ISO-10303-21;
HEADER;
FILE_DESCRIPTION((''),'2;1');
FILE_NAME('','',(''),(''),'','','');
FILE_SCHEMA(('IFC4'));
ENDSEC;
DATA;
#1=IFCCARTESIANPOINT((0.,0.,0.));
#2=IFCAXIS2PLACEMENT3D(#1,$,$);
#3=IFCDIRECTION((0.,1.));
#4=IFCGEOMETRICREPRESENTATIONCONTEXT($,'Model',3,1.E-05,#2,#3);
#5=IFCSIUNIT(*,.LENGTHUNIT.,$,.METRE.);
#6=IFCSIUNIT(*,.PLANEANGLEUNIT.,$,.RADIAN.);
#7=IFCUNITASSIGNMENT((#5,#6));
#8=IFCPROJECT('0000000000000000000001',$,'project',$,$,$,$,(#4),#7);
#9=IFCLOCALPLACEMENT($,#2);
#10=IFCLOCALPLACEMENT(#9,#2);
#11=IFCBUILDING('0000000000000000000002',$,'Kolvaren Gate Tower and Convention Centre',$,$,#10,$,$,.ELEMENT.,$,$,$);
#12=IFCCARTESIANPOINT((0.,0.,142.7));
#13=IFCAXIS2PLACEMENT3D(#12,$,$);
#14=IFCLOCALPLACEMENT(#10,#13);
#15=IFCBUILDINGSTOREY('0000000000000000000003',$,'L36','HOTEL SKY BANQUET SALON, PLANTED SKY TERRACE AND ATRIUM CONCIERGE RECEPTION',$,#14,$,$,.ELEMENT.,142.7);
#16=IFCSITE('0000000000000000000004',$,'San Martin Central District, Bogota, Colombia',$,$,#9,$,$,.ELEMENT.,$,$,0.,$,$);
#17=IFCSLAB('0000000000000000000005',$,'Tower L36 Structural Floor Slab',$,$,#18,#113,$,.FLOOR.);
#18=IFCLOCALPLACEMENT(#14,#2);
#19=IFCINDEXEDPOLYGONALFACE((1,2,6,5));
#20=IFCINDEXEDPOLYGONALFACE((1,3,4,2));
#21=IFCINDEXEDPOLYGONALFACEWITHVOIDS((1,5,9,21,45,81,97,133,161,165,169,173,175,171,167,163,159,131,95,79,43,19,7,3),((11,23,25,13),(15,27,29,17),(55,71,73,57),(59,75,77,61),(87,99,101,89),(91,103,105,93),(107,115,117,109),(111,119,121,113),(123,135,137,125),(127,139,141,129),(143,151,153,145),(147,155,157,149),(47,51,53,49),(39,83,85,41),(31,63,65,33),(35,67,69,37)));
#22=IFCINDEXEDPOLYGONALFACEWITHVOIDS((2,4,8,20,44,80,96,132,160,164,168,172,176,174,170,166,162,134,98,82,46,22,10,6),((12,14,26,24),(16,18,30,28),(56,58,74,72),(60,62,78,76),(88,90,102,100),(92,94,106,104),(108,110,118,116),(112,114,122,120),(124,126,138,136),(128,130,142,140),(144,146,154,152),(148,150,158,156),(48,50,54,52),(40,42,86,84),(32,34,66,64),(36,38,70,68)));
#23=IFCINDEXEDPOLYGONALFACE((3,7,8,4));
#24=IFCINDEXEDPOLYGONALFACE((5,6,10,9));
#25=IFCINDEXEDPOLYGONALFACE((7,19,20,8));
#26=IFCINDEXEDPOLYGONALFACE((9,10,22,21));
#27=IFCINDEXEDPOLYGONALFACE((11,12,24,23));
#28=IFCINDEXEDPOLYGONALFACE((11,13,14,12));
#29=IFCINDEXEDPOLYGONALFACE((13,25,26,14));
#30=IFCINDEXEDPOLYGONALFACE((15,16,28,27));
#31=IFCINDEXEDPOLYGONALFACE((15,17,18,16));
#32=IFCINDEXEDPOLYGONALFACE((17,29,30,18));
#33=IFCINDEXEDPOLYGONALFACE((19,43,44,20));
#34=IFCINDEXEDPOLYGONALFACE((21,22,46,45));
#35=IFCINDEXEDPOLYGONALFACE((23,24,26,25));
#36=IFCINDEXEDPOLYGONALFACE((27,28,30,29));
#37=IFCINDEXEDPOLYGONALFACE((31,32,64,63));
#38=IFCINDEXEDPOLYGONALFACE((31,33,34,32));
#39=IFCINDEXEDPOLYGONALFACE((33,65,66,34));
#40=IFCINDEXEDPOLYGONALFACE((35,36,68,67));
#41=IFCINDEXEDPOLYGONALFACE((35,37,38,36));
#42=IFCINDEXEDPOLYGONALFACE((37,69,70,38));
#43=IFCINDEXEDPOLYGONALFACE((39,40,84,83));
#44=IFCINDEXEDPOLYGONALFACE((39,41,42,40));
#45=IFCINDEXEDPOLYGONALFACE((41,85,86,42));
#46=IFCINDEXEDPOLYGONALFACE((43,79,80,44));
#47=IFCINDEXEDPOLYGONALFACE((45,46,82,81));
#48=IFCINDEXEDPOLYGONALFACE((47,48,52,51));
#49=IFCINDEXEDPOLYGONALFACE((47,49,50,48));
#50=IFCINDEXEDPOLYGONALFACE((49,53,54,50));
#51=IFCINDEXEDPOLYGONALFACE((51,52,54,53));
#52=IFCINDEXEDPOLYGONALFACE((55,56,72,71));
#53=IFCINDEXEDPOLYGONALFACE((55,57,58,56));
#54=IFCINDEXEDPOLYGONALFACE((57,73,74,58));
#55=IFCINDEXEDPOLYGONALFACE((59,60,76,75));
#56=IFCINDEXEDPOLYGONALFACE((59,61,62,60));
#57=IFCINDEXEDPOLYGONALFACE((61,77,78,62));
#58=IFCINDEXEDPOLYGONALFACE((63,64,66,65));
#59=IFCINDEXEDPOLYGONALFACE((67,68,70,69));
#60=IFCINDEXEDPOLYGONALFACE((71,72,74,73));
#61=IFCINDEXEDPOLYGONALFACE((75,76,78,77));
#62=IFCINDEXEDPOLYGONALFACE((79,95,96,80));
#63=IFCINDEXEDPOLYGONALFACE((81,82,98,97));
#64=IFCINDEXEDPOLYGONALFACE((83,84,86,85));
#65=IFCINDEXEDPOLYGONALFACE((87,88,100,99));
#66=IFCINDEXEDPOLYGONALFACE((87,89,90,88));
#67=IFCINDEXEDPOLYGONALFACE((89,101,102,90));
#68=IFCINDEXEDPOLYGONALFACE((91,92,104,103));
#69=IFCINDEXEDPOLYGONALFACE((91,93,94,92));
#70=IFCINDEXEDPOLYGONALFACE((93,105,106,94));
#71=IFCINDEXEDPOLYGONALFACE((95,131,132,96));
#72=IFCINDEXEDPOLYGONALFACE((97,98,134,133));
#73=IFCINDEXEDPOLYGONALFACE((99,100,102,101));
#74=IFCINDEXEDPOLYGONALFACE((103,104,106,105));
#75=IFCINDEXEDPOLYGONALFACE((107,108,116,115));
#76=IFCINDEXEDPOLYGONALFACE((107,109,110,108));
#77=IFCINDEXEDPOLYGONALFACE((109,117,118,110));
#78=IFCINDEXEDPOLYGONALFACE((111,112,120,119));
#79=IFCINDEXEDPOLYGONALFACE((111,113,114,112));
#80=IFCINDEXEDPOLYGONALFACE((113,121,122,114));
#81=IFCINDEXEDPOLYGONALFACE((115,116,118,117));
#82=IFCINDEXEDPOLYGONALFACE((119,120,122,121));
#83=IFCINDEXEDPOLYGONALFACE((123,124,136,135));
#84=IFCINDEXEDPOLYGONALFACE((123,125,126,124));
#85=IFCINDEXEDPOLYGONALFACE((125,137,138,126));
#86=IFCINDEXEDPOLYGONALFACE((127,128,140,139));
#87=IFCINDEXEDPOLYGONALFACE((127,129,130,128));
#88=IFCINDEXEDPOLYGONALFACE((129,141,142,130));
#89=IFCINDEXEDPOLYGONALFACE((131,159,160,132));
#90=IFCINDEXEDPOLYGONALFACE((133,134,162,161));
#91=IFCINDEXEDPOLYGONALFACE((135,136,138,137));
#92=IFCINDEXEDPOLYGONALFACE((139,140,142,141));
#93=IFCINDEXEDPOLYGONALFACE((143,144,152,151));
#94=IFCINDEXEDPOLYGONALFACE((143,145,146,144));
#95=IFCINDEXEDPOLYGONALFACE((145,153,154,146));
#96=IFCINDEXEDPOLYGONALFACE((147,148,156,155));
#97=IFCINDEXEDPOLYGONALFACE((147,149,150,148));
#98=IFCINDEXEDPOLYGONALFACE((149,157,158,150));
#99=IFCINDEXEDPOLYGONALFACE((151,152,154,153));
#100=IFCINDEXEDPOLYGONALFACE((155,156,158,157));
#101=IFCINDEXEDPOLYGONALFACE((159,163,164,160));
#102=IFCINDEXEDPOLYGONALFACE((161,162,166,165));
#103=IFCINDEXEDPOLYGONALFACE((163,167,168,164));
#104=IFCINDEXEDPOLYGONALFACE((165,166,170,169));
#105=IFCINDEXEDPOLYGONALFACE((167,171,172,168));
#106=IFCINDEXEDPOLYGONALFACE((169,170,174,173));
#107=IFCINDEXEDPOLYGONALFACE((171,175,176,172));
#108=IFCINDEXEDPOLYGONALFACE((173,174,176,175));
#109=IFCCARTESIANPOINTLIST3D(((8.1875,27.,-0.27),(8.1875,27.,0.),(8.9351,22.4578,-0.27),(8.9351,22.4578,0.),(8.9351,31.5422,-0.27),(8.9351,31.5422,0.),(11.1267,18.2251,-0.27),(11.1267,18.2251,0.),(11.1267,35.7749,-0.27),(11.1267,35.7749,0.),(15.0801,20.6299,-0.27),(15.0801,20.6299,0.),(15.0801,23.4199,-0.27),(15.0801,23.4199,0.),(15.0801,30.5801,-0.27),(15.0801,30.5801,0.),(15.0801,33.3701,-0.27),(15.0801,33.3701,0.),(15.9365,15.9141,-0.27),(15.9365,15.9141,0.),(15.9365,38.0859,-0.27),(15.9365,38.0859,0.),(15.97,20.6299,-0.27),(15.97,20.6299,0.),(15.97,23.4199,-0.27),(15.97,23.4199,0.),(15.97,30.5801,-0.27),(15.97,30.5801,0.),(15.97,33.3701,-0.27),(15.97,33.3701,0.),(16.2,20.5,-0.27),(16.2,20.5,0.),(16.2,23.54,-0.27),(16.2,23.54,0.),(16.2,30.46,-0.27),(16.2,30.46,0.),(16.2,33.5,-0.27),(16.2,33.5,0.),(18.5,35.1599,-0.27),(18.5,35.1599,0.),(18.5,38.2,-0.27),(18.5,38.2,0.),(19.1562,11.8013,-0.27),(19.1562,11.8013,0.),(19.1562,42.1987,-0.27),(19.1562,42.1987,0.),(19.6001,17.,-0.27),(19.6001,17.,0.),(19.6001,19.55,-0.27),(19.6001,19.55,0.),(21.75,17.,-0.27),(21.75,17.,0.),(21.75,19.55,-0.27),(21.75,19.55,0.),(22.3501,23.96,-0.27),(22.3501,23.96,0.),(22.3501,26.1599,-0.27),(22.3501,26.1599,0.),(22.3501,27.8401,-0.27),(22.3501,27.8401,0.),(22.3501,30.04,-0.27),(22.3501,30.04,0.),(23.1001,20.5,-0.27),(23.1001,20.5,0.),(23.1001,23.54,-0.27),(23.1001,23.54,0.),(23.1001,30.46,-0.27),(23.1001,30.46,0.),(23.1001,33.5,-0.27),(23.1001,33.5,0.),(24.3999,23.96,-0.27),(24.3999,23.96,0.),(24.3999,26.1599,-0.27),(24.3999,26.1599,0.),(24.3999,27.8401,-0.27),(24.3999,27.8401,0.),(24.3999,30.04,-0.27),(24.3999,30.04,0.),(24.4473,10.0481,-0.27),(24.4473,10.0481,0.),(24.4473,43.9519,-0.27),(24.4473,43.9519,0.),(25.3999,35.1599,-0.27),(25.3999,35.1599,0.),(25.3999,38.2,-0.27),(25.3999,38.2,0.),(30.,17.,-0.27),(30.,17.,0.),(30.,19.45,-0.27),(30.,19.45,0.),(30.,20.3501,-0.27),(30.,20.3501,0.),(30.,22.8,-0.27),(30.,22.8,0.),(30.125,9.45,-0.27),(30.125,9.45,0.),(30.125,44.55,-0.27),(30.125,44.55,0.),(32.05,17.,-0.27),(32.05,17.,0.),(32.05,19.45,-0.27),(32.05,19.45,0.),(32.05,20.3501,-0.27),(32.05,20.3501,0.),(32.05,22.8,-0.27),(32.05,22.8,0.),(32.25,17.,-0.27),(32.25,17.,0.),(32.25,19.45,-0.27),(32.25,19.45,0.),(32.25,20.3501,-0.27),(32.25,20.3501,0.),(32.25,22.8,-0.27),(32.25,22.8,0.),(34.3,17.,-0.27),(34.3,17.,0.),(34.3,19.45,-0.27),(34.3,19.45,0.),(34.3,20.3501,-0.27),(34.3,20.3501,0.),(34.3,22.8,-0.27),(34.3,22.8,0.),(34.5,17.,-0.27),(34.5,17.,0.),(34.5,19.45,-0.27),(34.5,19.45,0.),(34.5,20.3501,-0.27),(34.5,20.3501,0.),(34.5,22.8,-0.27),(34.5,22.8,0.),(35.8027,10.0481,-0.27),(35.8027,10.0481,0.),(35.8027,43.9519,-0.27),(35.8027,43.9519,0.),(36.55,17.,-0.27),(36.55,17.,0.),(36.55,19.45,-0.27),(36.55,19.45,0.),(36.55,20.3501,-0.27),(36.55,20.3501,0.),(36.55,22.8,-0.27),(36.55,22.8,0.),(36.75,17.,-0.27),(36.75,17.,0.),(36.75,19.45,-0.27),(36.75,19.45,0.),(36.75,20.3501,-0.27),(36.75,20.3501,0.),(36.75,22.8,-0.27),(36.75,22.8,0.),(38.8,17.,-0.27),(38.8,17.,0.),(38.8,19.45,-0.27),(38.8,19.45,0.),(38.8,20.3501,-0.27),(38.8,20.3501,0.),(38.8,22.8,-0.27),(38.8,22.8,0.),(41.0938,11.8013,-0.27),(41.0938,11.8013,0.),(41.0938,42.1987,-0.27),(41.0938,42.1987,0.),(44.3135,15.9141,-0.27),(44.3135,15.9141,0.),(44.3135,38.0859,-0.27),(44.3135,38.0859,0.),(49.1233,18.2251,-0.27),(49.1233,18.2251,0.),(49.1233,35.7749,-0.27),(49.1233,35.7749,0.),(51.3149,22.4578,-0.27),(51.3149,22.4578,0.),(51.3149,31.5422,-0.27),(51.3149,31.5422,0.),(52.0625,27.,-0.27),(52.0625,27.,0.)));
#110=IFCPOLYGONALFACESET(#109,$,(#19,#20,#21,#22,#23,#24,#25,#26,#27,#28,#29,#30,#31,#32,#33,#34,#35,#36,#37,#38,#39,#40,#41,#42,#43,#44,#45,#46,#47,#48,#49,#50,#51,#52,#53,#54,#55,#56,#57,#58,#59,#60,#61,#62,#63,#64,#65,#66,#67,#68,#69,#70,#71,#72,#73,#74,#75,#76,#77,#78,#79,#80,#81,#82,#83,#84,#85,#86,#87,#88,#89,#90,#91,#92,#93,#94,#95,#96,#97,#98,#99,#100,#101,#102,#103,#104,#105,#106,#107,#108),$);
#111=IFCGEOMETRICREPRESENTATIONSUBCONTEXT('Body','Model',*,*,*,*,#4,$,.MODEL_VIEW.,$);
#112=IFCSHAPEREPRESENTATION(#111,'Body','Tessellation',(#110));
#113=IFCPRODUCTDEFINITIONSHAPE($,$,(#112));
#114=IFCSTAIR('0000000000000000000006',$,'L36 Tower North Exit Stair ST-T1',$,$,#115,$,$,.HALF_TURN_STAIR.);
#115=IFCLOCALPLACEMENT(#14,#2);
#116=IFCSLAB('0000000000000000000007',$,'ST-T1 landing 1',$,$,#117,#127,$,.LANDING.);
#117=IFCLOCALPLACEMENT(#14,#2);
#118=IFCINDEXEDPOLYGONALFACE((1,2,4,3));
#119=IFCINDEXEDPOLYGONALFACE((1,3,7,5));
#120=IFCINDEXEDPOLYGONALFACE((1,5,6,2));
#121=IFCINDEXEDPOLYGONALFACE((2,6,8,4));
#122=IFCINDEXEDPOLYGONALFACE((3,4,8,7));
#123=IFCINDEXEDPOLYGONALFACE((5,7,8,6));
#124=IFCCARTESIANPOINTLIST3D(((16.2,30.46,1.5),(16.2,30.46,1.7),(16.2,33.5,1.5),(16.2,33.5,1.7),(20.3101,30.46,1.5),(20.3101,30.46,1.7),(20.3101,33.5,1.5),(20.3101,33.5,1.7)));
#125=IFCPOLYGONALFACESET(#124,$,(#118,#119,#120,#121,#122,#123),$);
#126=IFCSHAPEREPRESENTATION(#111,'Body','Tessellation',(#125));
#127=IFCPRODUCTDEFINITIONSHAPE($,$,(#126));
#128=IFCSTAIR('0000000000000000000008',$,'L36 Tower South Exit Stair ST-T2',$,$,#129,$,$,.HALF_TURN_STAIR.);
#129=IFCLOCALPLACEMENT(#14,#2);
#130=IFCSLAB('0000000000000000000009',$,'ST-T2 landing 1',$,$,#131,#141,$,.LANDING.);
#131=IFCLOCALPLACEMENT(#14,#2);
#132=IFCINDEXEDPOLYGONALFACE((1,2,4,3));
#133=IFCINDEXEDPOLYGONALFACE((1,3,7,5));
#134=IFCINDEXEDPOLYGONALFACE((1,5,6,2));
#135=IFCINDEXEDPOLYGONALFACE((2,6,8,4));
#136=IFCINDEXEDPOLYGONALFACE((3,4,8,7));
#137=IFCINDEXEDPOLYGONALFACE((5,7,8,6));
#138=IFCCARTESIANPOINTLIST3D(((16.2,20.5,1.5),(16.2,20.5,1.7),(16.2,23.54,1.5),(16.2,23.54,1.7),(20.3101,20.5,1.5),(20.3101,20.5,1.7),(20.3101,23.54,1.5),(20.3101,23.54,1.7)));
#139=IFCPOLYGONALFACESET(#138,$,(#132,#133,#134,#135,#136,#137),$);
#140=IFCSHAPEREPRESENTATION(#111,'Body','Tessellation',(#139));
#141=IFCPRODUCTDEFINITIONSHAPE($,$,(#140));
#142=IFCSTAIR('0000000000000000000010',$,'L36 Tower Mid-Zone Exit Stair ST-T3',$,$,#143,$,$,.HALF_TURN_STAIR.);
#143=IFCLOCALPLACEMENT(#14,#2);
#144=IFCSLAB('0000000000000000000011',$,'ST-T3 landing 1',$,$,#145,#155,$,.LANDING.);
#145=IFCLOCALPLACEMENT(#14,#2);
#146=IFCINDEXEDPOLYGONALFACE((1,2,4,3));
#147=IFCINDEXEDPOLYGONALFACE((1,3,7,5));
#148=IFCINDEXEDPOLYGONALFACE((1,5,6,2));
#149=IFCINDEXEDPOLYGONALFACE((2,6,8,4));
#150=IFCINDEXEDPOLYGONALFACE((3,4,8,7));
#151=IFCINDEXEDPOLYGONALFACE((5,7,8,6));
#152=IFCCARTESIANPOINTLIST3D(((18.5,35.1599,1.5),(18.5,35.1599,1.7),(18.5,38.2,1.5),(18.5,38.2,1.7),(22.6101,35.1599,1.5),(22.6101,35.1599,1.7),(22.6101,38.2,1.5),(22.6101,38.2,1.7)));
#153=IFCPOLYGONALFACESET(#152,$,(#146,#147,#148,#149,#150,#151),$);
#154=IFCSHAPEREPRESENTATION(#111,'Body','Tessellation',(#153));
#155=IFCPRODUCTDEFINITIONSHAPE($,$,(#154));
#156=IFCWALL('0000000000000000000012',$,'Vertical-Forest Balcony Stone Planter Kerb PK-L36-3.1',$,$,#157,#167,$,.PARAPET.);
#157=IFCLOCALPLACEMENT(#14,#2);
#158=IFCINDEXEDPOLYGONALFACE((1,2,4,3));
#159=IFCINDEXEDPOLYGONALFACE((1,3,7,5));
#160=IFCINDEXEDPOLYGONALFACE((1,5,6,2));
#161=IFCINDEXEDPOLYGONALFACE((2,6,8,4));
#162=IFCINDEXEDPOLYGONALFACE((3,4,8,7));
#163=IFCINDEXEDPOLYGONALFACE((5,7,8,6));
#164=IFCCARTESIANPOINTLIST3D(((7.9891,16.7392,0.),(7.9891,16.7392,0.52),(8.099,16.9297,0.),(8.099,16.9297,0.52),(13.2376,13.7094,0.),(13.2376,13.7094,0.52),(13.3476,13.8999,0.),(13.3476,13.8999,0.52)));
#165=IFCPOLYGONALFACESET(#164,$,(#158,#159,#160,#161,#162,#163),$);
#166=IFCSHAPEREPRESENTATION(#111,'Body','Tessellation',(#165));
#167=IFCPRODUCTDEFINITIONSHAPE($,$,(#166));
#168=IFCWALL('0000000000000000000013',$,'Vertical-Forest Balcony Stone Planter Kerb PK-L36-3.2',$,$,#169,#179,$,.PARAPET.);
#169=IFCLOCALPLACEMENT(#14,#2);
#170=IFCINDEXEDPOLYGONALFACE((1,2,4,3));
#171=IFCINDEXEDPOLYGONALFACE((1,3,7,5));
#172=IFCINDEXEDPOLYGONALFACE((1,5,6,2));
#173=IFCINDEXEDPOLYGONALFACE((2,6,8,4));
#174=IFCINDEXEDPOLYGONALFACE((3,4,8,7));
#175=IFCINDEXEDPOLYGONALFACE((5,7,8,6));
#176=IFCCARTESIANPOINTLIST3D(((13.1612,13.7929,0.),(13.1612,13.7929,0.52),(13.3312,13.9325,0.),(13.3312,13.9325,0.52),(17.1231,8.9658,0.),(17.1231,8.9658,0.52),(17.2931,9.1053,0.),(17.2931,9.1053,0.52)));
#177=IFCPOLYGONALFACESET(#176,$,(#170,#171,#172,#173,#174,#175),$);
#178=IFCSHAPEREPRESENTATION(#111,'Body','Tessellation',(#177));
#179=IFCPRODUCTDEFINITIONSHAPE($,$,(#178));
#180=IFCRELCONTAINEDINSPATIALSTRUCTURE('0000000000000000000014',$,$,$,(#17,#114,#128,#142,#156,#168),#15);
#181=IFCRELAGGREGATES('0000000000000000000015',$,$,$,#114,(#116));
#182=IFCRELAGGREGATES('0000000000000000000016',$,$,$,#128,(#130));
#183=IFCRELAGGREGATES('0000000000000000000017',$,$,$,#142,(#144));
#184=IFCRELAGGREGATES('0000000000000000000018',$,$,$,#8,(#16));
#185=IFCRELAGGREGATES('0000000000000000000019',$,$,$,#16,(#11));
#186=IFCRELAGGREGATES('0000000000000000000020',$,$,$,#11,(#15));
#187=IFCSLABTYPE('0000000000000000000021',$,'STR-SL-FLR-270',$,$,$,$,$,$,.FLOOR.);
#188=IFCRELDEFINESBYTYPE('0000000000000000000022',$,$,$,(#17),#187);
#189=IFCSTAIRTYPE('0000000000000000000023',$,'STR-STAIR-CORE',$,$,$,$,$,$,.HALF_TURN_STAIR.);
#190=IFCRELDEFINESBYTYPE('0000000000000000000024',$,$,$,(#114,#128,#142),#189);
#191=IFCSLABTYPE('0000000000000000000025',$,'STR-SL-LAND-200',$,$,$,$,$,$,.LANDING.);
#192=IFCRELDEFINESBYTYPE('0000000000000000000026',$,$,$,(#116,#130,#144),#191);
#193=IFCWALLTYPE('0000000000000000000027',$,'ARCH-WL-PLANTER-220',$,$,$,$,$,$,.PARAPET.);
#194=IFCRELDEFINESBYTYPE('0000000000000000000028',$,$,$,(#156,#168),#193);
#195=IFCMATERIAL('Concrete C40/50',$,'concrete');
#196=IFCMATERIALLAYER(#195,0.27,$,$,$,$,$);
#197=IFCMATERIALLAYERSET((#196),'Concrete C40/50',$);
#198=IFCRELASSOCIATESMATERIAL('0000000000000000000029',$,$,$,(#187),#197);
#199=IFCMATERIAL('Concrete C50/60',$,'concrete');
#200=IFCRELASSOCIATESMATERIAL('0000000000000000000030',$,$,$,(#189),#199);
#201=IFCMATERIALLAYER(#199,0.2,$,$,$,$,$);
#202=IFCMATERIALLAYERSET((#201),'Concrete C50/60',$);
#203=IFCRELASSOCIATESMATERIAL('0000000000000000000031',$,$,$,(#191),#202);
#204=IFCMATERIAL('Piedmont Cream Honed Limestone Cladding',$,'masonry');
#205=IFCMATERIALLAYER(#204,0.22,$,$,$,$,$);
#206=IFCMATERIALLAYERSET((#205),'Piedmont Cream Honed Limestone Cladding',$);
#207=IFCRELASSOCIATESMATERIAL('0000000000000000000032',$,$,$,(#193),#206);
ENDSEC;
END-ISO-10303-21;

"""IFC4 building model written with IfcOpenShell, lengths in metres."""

from ifc_helpers import new_model, si_unit, direction, frame, frame_2d, origin, place, context, subcontext, project, spatial, polyline, rectangle, outline, extrude, material, layer, layer_set, type_object, element, aggregate, save


model = new_model("IFC4")

# Units and contexts
model_context = context("Model", 3, precision=1e-05, world=origin(), true_north=direction((0.0, 1.0)))
body_context = subcontext(model_context, "Body", "Model", "MODEL_VIEW")
ifc_project = project(units=[si_unit("LENGTHUNIT", "METRE"), si_unit("PLANEANGLEUNIT", "RADIAN")], contexts=[model_context])

# Site, building, storey
site_placement = place(None, origin())
site = spatial("IfcSite", under=ifc_project, at=site_placement, Name="San Martin Central District, Bogota, Colombia", CompositionType="ELEMENT", RefElevation=0.0)
building_placement = place(site_placement, origin())
building = spatial("IfcBuilding", under=site, at=building_placement, Name="Kolvaren Gate Tower and Convention Centre", CompositionType="ELEMENT")
storey_placement = place(building_placement, frame((0.0, 0.0, 142.7)))
storey = spatial("IfcBuildingStorey", under=building, at=storey_placement, Name="L36", Description="HOTEL SKY BANQUET SALON, PLANTED SKY TERRACE AND ATRIUM CONCIERGE RECEPTION", CompositionType="ELEMENT", Elevation=142.7)

# Slab
ifc_material_1 = material(Name="Concrete C50/60", Category="concrete")
ifc_material_2 = material(Name="Concrete C40/50", Category="concrete")
ifc_layer_1 = layer(ifc_material_2, 0.27)
ifc_layer_set_1 = layer_set([ifc_layer_1], Name="Concrete C40/50")
slab_type_1 = type_object("IfcSlabType", Name="STR-SL-FLR-270", PredefinedType="FLOOR", material=ifc_layer_set_1)
slab_1_placement = place(storey_placement, frame((0.0, 0.0, -0.27)))
element("IfcSlab", 1, at=slab_1_placement, inside=storey, type_object=slab_type_1, Name="Tower L36 Structural Floor Slab", PredefinedType="FLOOR", context=body_context, shape_type="SweptSolid", body=[
    extrude(outline(polyline([(52.0625, 27.0), (51.3149, 31.5422), (49.1233, 35.7749), (44.3135, 38.0859), (41.0938, 42.1987), (35.8027, 43.9519), (30.125, 44.55), (24.4473, 43.9519), (19.1562, 42.1987), (15.9365, 38.0859), (11.1267, 35.7749), (8.9351, 31.5422), (8.1875, 27.0), (8.9351, 22.4578), (11.1267, 18.2251), (15.9365, 15.9141), (19.1562, 11.8013), (24.4473, 10.0481), (30.125, 9.45), (35.8027, 10.0481), (41.0938, 11.8013), (44.3135, 15.9141), (49.1233, 18.2251), (51.3149, 22.4578), (52.0625, 27.0)]), holes=[polyline([(36.75, 17.0), (36.75, 19.45), (38.8, 19.45), (38.8, 17.0), (36.75, 17.0)]), polyline([(36.75, 20.3501), (36.75, 22.8), (38.8, 22.8), (38.8, 20.3501), (36.75, 20.3501)]), polyline([(34.5, 17.0), (34.5, 19.45), (36.55, 19.45), (36.55, 17.0), (34.5, 17.0)]), polyline([(34.5, 20.3501), (34.5, 22.8), (36.55, 22.8), (36.55, 20.3501), (34.5, 20.3501)]), polyline([(32.25, 17.0), (32.25, 19.45), (34.3, 19.45), (34.3, 17.0), (32.25, 17.0)]), polyline([(32.25, 20.3501), (32.25, 22.8), (34.3, 22.8), (34.3, 20.3501), (32.25, 20.3501)]), polyline([(30.0, 17.0), (30.0, 19.45), (32.05, 19.45), (32.05, 17.0), (30.0, 17.0)]), polyline([(30.0, 20.3501), (30.0, 22.8), (32.05, 22.8), (32.05, 20.3501), (30.0, 20.3501)]), polyline([(25.3999, 38.2), (25.3999, 35.1599), (18.5, 35.1599), (18.5, 38.2), (25.3999, 38.2)]), polyline([(22.3501, 23.96), (22.3501, 26.1599), (24.3999, 26.1599), (24.3999, 23.96), (22.3501, 23.96)]), polyline([(22.3501, 27.8401), (22.3501, 30.04), (24.3999, 30.04), (24.3999, 27.8401), (22.3501, 27.8401)]), polyline([(23.1001, 23.54), (23.1001, 20.5), (16.2, 20.5), (16.2, 23.54), (23.1001, 23.54)]), polyline([(23.1001, 33.5), (23.1001, 30.46), (16.2, 30.46), (16.2, 33.5), (23.1001, 33.5)]), polyline([(19.6001, 17.0), (19.6001, 19.55), (21.75, 19.55), (21.75, 17.0), (19.6001, 17.0)]), polyline([(15.0801, 20.6299), (15.0801, 23.4199), (15.97, 23.4199), (15.97, 20.6299), (15.0801, 20.6299)]), polyline([(15.0801, 30.5801), (15.0801, 33.3701), (15.97, 33.3701), (15.97, 30.5801), (15.0801, 30.5801)])]), origin(), (0.0, 0.0, 1.0), 0.27),
])

# Stairs, slabs
stair_type = type_object("IfcStairType", Name="STR-STAIR-CORE", PredefinedType="HALF_TURN_STAIR", material=ifc_material_1)
stair_1_placement = place(storey_placement, origin())
stair_1 = element("IfcStair", 2, at=stair_1_placement, inside=storey, type_object=stair_type, Name="L36 Tower North Exit Stair ST-T1", PredefinedType="HALF_TURN_STAIR")
ifc_layer_2 = layer(ifc_material_1, 0.2)
ifc_layer_set_2 = layer_set([ifc_layer_2], Name="Concrete C50/60")
slab_type_2 = type_object("IfcSlabType", Name="STR-SL-LAND-200", PredefinedType="LANDING", material=ifc_layer_set_2)
slab_2_placement = place(storey_placement, frame((0.0, 0.0, 1.5)))
slab_2 = element("IfcSlab", 3, at=slab_2_placement, type_object=slab_type_2, Name="ST-T1 landing 1", PredefinedType="LANDING", context=body_context, shape_type="SweptSolid", body=[
    extrude(outline(polyline([(20.3101, 33.5), (16.2, 33.5), (16.2, 30.46), (20.3101, 30.46), (20.3101, 33.5)])), origin(), (0.0, 0.0, 1.0), 0.2),
])
aggregate(stair_1, [slab_2])
stair_2_placement = place(storey_placement, origin())
stair_2 = element("IfcStair", 4, at=stair_2_placement, inside=storey, type_object=stair_type, Name="L36 Tower South Exit Stair ST-T2", PredefinedType="HALF_TURN_STAIR")
slab_3_placement = place(storey_placement, frame((0.0, 0.0, 1.5)))
slab_3 = element("IfcSlab", 5, at=slab_3_placement, type_object=slab_type_2, Name="ST-T2 landing 1", PredefinedType="LANDING", context=body_context, shape_type="SweptSolid", body=[
    extrude(outline(polyline([(20.3101, 23.54), (16.2, 23.54), (16.2, 20.5), (20.3101, 20.5), (20.3101, 23.54)])), origin(), (0.0, 0.0, 1.0), 0.2),
])
aggregate(stair_2, [slab_3])
stair_3_placement = place(storey_placement, origin())
stair_3 = element("IfcStair", 6, at=stair_3_placement, inside=storey, type_object=stair_type, Name="L36 Tower Mid-Zone Exit Stair ST-T3", PredefinedType="HALF_TURN_STAIR")
slab_4_placement = place(storey_placement, frame((0.0, 0.0, 1.5)))
slab_4 = element("IfcSlab", 7, at=slab_4_placement, type_object=slab_type_2, Name="ST-T3 landing 1", PredefinedType="LANDING", context=body_context, shape_type="SweptSolid", body=[
    extrude(outline(polyline([(22.6101, 38.2), (18.5, 38.2), (18.5, 35.1599), (22.6101, 35.1599), (22.6101, 38.2)])), origin(), (0.0, 0.0, 1.0), 0.2),
])
aggregate(stair_3, [slab_4])

# Walls
ifc_material_3 = material(Name="Piedmont Cream Honed Limestone Cladding", Category="masonry")
ifc_layer_3 = layer(ifc_material_3, 0.22)
ifc_layer_set_3 = layer_set([ifc_layer_3], Name="Piedmont Cream Honed Limestone Cladding")
wall_type_1 = type_object("IfcWallType", Name="ARCH-WL-PLANTER-220", PredefinedType="PARAPET", material=ifc_layer_set_3)
wall_1_placement = place(storey_placement, frame((8.0439, 16.8345, 0.0), z_axis=(0.0, 0.0, 1.0), x_axis=(0.866058, -0.499943, 0.0)))
element("IfcWall", 8, at=wall_1_placement, inside=storey, type_object=wall_type_1, Name="Vertical-Forest Balcony Stone Planter Kerb PK-L36-3.1", PredefinedType="PARAPET", context=body_context, shape_type="SweptSolid", body=[
    extrude(rectangle(XDim=6.0603, YDim=0.22, at=frame_2d((3.0303, 0.0))), origin(), (0.0, 0.0, 1.0), 0.52),
])
wall_2_placement = place(storey_placement, frame((13.2461, 13.8628, 0.0), z_axis=(0.0, 0.0, 1.0), x_axis=(0.634429, -0.772981, 0.0)))
element("IfcWall", 9, at=wall_2_placement, inside=storey, type_object=wall_type_1, Name="Vertical-Forest Balcony Stone Planter Kerb PK-L36-3.2", PredefinedType="PARAPET", context=body_context, shape_type="SweptSolid", body=[
    extrude(rectangle(XDim=6.2449, YDim=0.22, at=frame_2d((3.1226, 0.0))), origin(), (0.0, 0.0, 1.0), 0.52),
])

save(model, "model.ifc")
